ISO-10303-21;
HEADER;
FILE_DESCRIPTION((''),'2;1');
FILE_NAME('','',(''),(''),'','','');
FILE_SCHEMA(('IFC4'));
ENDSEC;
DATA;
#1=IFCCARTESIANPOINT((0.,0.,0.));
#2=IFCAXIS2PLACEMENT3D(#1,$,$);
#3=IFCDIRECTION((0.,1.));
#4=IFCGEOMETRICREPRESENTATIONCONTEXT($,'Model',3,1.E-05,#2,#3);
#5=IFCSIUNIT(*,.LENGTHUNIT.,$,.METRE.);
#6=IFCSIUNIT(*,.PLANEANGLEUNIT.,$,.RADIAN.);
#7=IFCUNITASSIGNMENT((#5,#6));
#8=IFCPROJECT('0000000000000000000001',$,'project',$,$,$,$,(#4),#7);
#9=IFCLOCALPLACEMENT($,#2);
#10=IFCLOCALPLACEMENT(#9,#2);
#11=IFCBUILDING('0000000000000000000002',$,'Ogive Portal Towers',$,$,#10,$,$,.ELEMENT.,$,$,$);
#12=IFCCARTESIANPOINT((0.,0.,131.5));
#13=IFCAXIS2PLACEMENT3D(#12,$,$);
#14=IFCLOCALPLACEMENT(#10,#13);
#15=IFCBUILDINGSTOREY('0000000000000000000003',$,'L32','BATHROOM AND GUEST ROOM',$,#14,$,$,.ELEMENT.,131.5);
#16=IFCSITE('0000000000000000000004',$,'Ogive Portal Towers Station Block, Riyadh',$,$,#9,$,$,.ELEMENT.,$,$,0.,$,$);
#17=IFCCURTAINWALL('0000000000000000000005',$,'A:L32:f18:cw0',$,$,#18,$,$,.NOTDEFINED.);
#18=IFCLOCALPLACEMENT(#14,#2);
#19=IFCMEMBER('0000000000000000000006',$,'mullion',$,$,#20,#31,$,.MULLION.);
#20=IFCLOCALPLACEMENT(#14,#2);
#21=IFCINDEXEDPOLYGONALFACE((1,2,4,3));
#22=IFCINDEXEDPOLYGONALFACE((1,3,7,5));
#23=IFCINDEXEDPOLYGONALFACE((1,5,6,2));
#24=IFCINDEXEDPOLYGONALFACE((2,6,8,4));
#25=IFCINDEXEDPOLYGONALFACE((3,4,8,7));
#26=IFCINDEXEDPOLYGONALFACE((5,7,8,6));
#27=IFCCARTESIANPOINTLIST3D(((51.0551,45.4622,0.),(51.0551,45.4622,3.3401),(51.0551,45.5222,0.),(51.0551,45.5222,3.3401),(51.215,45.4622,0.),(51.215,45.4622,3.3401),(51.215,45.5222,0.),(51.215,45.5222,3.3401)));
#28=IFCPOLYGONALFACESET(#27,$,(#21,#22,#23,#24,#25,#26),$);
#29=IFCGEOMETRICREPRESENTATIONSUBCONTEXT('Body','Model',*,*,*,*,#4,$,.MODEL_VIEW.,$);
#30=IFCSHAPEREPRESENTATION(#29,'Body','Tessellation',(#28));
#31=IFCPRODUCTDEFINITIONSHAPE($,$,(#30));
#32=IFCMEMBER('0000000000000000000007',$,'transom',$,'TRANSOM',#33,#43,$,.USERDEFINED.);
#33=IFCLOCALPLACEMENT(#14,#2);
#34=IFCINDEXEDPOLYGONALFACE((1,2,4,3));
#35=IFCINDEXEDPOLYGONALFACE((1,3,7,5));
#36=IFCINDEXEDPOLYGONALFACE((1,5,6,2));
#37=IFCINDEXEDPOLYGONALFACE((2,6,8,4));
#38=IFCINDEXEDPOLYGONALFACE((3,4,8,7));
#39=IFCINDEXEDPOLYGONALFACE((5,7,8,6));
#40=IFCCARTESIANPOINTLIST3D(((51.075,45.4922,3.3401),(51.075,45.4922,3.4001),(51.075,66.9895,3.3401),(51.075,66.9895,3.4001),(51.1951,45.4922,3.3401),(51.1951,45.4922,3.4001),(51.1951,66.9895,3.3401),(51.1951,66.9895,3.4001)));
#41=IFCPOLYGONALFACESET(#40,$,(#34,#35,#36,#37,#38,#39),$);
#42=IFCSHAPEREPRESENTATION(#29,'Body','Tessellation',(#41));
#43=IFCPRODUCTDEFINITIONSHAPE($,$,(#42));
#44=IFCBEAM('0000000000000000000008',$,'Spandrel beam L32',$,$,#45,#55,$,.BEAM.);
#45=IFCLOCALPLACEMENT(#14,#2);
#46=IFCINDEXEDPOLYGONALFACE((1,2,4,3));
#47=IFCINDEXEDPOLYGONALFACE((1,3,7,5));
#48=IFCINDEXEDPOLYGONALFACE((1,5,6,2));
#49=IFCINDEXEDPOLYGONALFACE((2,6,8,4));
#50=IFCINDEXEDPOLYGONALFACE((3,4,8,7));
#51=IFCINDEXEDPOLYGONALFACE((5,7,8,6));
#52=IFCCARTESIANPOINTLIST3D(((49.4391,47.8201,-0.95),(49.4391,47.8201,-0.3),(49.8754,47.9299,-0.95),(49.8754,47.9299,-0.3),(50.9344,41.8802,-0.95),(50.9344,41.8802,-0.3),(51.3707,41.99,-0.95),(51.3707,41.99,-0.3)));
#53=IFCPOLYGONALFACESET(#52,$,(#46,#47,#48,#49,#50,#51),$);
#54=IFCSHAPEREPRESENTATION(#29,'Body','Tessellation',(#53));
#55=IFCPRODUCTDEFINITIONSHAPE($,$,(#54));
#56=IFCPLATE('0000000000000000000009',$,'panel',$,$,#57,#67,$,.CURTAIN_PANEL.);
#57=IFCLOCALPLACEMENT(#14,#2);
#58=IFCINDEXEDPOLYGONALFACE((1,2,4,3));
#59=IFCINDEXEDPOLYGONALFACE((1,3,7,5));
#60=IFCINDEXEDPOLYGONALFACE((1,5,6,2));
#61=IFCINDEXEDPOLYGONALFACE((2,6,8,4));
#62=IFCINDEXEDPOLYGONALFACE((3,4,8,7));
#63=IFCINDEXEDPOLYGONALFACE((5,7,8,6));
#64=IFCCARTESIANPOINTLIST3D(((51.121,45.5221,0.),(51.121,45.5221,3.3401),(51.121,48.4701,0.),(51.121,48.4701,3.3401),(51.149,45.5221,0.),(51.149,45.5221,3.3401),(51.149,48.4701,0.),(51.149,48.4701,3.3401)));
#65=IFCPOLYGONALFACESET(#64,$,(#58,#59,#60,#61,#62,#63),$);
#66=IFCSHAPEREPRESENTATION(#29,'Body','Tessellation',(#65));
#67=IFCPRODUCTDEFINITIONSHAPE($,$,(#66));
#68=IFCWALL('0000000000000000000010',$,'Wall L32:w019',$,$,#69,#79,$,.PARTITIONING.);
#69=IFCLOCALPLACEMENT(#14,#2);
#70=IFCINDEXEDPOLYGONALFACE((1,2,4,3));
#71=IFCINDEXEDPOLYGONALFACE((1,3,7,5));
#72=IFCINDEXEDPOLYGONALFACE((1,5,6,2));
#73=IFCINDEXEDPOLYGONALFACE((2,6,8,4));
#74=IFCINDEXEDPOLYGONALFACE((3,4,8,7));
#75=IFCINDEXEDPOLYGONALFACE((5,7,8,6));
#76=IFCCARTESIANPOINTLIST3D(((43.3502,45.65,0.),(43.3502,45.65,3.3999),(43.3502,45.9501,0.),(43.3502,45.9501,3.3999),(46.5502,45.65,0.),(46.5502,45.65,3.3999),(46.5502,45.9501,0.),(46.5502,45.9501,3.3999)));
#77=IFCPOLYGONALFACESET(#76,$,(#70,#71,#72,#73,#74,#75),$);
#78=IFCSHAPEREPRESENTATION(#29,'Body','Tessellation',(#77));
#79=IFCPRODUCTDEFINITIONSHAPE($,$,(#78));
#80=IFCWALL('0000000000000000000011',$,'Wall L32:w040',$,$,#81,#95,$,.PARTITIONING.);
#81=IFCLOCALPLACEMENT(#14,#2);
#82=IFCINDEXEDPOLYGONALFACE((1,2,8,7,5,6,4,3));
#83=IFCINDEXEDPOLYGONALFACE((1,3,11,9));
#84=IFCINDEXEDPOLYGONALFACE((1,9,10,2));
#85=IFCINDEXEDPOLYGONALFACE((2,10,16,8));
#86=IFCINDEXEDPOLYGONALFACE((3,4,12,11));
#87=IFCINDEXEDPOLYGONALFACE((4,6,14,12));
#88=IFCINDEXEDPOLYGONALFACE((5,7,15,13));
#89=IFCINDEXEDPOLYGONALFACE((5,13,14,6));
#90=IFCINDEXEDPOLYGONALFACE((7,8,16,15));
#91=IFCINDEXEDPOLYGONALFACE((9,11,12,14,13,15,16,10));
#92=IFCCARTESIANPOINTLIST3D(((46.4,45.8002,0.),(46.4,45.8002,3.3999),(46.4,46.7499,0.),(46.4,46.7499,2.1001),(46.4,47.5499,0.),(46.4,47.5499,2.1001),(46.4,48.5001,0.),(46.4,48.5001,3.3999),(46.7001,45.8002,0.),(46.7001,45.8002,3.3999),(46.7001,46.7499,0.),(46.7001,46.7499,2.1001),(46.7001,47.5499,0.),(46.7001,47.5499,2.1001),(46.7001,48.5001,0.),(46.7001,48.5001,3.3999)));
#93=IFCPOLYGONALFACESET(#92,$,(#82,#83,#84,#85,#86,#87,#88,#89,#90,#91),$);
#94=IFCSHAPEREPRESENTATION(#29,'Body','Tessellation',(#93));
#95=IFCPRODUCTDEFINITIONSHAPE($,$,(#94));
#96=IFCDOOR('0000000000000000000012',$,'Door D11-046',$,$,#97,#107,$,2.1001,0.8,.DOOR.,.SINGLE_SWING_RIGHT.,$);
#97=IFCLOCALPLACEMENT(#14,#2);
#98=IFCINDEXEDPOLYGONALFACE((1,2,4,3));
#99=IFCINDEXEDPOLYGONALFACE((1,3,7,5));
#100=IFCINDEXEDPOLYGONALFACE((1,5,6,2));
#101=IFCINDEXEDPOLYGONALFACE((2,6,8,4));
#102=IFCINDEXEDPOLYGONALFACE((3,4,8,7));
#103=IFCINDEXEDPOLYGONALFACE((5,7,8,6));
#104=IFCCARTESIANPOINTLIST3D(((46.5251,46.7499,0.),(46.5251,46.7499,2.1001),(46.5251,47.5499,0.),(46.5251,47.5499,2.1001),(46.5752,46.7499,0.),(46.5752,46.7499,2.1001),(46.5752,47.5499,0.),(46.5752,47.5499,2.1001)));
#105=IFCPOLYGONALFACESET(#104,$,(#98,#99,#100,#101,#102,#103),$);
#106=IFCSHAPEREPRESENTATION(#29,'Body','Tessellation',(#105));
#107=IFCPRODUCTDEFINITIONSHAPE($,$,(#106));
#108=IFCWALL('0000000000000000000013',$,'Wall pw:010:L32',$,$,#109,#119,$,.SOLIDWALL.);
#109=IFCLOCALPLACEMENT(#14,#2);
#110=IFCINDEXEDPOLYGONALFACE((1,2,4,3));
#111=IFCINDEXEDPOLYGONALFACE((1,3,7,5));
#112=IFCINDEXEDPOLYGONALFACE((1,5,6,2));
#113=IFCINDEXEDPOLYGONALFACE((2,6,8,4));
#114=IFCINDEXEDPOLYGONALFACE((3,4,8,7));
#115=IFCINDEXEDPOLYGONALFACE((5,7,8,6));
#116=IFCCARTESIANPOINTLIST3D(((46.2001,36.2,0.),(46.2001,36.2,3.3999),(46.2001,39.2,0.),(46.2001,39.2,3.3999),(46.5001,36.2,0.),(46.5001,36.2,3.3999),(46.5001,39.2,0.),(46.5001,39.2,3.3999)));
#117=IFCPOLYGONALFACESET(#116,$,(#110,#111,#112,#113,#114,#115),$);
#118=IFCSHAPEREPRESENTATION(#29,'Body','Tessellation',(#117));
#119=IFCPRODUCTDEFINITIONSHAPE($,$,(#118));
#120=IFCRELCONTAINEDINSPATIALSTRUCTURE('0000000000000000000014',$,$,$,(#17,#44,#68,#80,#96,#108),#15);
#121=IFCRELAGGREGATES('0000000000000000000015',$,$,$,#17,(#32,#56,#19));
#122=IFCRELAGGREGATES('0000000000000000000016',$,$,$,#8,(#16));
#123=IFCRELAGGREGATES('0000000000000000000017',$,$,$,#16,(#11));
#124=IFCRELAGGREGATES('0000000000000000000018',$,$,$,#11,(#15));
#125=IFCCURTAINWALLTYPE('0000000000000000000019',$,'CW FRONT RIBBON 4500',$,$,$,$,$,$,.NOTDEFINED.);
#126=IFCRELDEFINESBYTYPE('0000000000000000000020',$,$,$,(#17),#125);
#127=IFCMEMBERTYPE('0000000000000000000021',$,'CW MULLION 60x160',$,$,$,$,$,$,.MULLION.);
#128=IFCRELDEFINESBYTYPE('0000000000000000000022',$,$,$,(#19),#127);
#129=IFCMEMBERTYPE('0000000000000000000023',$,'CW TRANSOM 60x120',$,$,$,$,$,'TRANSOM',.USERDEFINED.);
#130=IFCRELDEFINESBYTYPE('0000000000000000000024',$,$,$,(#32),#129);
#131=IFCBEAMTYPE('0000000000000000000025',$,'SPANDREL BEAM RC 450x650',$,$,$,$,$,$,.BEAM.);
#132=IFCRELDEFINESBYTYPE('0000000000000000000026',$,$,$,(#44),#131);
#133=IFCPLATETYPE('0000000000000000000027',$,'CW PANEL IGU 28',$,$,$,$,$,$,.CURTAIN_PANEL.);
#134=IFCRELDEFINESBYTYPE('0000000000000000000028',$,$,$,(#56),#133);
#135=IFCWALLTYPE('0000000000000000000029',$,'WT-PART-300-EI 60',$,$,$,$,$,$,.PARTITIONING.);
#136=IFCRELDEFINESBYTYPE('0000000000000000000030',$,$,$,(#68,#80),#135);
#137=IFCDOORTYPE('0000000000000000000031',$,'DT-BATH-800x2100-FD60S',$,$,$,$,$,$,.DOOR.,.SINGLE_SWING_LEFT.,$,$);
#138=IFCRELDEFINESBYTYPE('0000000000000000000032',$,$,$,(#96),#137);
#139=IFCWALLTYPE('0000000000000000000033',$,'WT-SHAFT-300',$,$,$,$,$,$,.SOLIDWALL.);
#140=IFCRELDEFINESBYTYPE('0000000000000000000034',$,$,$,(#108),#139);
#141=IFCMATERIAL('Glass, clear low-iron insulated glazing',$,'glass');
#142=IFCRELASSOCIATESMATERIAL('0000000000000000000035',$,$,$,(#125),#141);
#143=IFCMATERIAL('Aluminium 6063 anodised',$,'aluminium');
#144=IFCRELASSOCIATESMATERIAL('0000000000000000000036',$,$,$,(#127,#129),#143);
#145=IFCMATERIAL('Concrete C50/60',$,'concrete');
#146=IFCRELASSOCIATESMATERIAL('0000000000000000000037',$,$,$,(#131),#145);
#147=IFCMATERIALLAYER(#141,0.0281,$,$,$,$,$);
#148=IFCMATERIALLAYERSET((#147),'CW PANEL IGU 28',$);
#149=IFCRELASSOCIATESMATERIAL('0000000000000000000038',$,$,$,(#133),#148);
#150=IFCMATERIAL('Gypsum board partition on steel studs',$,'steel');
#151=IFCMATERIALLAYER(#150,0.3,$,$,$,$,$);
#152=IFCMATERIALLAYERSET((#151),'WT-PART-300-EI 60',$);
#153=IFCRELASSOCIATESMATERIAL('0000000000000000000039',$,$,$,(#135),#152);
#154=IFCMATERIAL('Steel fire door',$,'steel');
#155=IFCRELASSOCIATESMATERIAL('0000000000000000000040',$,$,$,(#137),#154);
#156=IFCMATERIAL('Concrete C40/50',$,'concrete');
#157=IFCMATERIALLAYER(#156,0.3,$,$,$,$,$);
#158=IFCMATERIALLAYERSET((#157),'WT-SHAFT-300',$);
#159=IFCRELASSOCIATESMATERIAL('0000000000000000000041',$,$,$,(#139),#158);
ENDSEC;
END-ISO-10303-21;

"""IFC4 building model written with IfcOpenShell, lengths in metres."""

from ifc_helpers import new_model, si_unit, direction, frame, frame_2d, origin, origin_2d, place, context, subcontext, project, spatial, rectangle, extrude, material, layer, layer_set, material_profile, profile_set, type_object, element, fill, aggregate, save


model = new_model("IFC4")

# Units and contexts
model_context = context("Model", 3, precision=1e-05, world=origin(), true_north=direction((0.0, 1.0)))
body_context = subcontext(model_context, "Body", "Model", "MODEL_VIEW")
ifc_project = project(units=[si_unit("LENGTHUNIT", "METRE"), si_unit("PLANEANGLEUNIT", "RADIAN")], contexts=[model_context])

# Site, building, storey
site_placement = place(None, origin())
site = spatial("IfcSite", under=ifc_project, at=site_placement, Name="Ogive Portal Towers Station Block, Riyadh", CompositionType="ELEMENT", RefElevation=0.0)
building_placement = place(site_placement, origin())
building = spatial("IfcBuilding", under=site, at=building_placement, Name="Ogive Portal Towers", CompositionType="ELEMENT")
storey_placement = place(building_placement, frame((0.0, 0.0, 131.5)))
storey = spatial("IfcBuildingStorey", under=building, at=storey_placement, Name="L32", Description="BATHROOM AND GUEST ROOM", CompositionType="ELEMENT", Elevation=131.5)

# Curtain wall, members
ifc_material_1 = material(Name="Glass, clear low-iron insulated glazing", Category="glass")
curtain_wall_type = type_object("IfcCurtainWallType", Name="CW FRONT RIBBON 4500", PredefinedType="NOTDEFINED", material=ifc_material_1)
curtain_wall_placement = place(storey_placement, origin())
curtain_wall = element("IfcCurtainWall", 1, at=curtain_wall_placement, inside=storey, type_object=curtain_wall_type, Name="A:L32:f18:cw0", PredefinedType="NOTDEFINED")
ifc_material_2 = material(Name="Aluminium 6063 anodised", Category="aluminium")
ifc_material_profile_1 = material_profile(ifc_material_2, rectangle(XDim=0.1599, YDim=0.0601, at=origin_2d()), Name="AL 60x160")
ifc_profile_set_1 = profile_set([ifc_material_profile_1], Name="Aluminium 6063 anodised")
member_type_1 = type_object("IfcMemberType", Name="CW MULLION 60x160", PredefinedType="MULLION", material=ifc_profile_set_1)
member_1_placement = place(storey_placement, frame((51.135, 45.4922, 0.0), z_axis=(0.0, 0.0, 1.0), x_axis=(-1.0, 0.0, 0.0)))
member_1 = element("IfcMember", 2, at=member_1_placement, type_object=member_type_1, Name="mullion", PredefinedType="MULLION", context=body_context, shape_type="SweptSolid", body=[
    extrude(rectangle(XDim=0.1599, YDim=0.0601, at=origin_2d()), origin(), (0.0, 0.0, 1.0), 3.3401),
])
ifc_material_profile_2 = material_profile(ifc_material_2, rectangle(XDim=0.1201, YDim=0.0601, at=origin_2d()), Name="AL 120x60")
ifc_profile_set_2 = profile_set([ifc_material_profile_2], Name="Aluminium 6063 anodised")
member_type_2 = type_object("IfcMemberType", Name="CW TRANSOM 60x120", ElementType="TRANSOM", PredefinedType="USERDEFINED", material=ifc_profile_set_2)
member_2_placement = place(storey_placement, frame((51.135, 45.4922, 3.3701), z_axis=(0.0, 1.0, 0.0), x_axis=(-1.0, 0.0, 0.0)))
member_2 = element("IfcMember", 3, at=member_2_placement, type_object=member_type_2, Name="transom", ObjectType="TRANSOM", PredefinedType="USERDEFINED", context=body_context, shape_type="SweptSolid", body=[
    extrude(rectangle(XDim=0.1201, YDim=0.0601, at=origin_2d()), origin(), (0.0, 0.0, 1.0), 21.4973),
])

# Beam
ifc_material_3 = material(Name="Concrete C50/60", Category="concrete")
ifc_material_profile_3 = material_profile(ifc_material_3, rectangle(XDim=0.45, YDim=0.6499, at=origin_2d()), Name="RC 450x650")
ifc_profile_set_3 = profile_set([ifc_material_profile_3], Name="Concrete C50/60")
beam_type = type_object("IfcBeamType", Name="SPANDREL BEAM RC 450x650", PredefinedType="BEAM", material=ifc_profile_set_3)
beam_placement = place(storey_placement, frame((49.6572, 47.875, -0.625), z_axis=(0.24413, -0.969743, 0.0), x_axis=(0.969743, 0.24413, 0.0)))
element("IfcBeam", 4, at=beam_placement, inside=storey, type_object=beam_type, Name="Spandrel beam L32", PredefinedType="BEAM", context=body_context, shape_type="SweptSolid", body=[
    extrude(rectangle(XDim=0.45, YDim=0.6499, at=origin_2d()), origin(), (0.0, 0.0, 1.0), 6.1252),
])

# Plate
ifc_layer_1 = layer(ifc_material_1, 0.0281)
ifc_layer_set_1 = layer_set([ifc_layer_1], Name="CW PANEL IGU 28")
plate_type = type_object("IfcPlateType", Name="CW PANEL IGU 28", PredefinedType="CURTAIN_PANEL", material=ifc_layer_set_1)
plate_placement = place(storey_placement, frame((51.135, 46.9961, 0.0), z_axis=(0.0, 0.0, 1.0), x_axis=(0.0, 1.0, 0.0)))
plate = element("IfcPlate", 5, at=plate_placement, type_object=plate_type, Name="panel", PredefinedType="CURTAIN_PANEL", context=body_context, shape_type="SweptSolid", body=[
    extrude(rectangle(XDim=2.948, YDim=0.0281, at=origin_2d()), origin(), (0.0, 0.0, 1.0), 3.3401),
])
aggregate(curtain_wall, [member_2, plate, member_1])

# Shared definitions
ifc_material_4 = material(Name="Steel fire door", Category="steel")

# Wall
ifc_material_5 = material(Name="Gypsum board partition on steel studs", Category="steel")
ifc_layer_2 = layer(ifc_material_5, 0.3)
ifc_layer_set_2 = layer_set([ifc_layer_2], Name="WT-PART-300-EI 60")
wall_type_1 = type_object("IfcWallType", Name="WT-PART-300-EI 60", PredefinedType="PARTITIONING", material=ifc_layer_set_2)
wall_1_placement = place(storey_placement, frame((43.3501, 45.8, 0.0), z_axis=(0.0, 0.0, 1.0), x_axis=(1.0, 0.0, 0.0)))
element("IfcWall", 6, at=wall_1_placement, inside=storey, type_object=wall_type_1, Name="Wall L32:w019", PredefinedType="PARTITIONING", context=body_context, shape_type="SweptSolid", body=[
    extrude(rectangle(XDim=3.2, YDim=0.3, at=frame_2d((1.6001, 0.0))), origin(), (0.0, 0.0, 1.0), 3.3999),
])

# Wall, opening, door
wall_2_placement = place(storey_placement, frame((46.55, 45.8, 0.0), z_axis=(0.0, 0.0, 1.0), x_axis=(0.0, 1.0, 0.0)))
wall_2 = element("IfcWall", 7, at=wall_2_placement, inside=storey, type_object=wall_type_1, Name="Wall L32:w040", PredefinedType="PARTITIONING", context=body_context, shape_type="SweptSolid", body=[
    extrude(rectangle(XDim=2.7, YDim=0.3, at=frame_2d((1.3501, 0.0))), origin(), (0.0, 0.0, 1.0), 3.3999),
])
opening_1_placement = place(wall_2_placement, frame((0.95, 0.0, 0.0)))
opening_1 = element("IfcOpeningElement", 8, at=opening_1_placement, cuts=wall_2, PredefinedType="OPENING", context=body_context, shape_type="SweptSolid", body=[
    extrude(rectangle(XDim=0.8, YDim=2.1001, at=frame_2d((0.3999, 1.05))), frame((0.0, 0.1602, 0.0), z_axis=(0.0, -1.0, 0.0), x_axis=(1.0, 0.0, 0.0)), (0.0, 0.0, 1.0), 0.3201),
])
door_type_1 = type_object("IfcDoorType", Name="DT-BATH-800x2100-FD60S", OperationType="SINGLE_SWING_LEFT", PredefinedType="DOOR", material=ifc_material_4)
door_1_placement = place(opening_1_placement, origin())
door_1 = element("IfcDoor", 9, at=door_1_placement, inside=storey, type_object=door_type_1, Name="Door D11-046", OperationType="SINGLE_SWING_RIGHT", OverallHeight=2.1001, OverallWidth=0.8, PredefinedType="DOOR", context=body_context, shape_type="SweptSolid", body=[
    extrude(rectangle(XDim=0.8, YDim=2.1001, at=frame_2d((0.3999, 1.05))), frame((0.0, 0.0249, 0.0), z_axis=(0.0, -1.0, 0.0), x_axis=(1.0, 0.0, 0.0)), (0.0, 0.0, 1.0), 0.05),
])
fill(opening_1, door_1)

# Wall
ifc_material_6 = material(Name="Concrete C40/50", Category="concrete")
ifc_layer_3 = layer(ifc_material_6, 0.3)
ifc_layer_set_3 = layer_set([ifc_layer_3], Name="WT-SHAFT-300")
wall_type_2 = type_object("IfcWallType", Name="WT-SHAFT-300", PredefinedType="SOLIDWALL", material=ifc_layer_set_3)
wall_3_placement = place(storey_placement, frame((46.3501, 36.2, 0.0), z_axis=(0.0, 0.0, 1.0), x_axis=(0.0, 1.0, 0.0)))
element("IfcWall", 10, at=wall_3_placement, inside=storey, type_object=wall_type_2, Name="Wall pw:010:L32", PredefinedType="SOLIDWALL", context=body_context, shape_type="SweptSolid", body=[
    extrude(rectangle(XDim=3.0, YDim=0.3, at=frame_2d((1.5, 0.0))), origin(), (0.0, 0.0, 1.0), 3.3999),
])

save(model, "model.ifc")
